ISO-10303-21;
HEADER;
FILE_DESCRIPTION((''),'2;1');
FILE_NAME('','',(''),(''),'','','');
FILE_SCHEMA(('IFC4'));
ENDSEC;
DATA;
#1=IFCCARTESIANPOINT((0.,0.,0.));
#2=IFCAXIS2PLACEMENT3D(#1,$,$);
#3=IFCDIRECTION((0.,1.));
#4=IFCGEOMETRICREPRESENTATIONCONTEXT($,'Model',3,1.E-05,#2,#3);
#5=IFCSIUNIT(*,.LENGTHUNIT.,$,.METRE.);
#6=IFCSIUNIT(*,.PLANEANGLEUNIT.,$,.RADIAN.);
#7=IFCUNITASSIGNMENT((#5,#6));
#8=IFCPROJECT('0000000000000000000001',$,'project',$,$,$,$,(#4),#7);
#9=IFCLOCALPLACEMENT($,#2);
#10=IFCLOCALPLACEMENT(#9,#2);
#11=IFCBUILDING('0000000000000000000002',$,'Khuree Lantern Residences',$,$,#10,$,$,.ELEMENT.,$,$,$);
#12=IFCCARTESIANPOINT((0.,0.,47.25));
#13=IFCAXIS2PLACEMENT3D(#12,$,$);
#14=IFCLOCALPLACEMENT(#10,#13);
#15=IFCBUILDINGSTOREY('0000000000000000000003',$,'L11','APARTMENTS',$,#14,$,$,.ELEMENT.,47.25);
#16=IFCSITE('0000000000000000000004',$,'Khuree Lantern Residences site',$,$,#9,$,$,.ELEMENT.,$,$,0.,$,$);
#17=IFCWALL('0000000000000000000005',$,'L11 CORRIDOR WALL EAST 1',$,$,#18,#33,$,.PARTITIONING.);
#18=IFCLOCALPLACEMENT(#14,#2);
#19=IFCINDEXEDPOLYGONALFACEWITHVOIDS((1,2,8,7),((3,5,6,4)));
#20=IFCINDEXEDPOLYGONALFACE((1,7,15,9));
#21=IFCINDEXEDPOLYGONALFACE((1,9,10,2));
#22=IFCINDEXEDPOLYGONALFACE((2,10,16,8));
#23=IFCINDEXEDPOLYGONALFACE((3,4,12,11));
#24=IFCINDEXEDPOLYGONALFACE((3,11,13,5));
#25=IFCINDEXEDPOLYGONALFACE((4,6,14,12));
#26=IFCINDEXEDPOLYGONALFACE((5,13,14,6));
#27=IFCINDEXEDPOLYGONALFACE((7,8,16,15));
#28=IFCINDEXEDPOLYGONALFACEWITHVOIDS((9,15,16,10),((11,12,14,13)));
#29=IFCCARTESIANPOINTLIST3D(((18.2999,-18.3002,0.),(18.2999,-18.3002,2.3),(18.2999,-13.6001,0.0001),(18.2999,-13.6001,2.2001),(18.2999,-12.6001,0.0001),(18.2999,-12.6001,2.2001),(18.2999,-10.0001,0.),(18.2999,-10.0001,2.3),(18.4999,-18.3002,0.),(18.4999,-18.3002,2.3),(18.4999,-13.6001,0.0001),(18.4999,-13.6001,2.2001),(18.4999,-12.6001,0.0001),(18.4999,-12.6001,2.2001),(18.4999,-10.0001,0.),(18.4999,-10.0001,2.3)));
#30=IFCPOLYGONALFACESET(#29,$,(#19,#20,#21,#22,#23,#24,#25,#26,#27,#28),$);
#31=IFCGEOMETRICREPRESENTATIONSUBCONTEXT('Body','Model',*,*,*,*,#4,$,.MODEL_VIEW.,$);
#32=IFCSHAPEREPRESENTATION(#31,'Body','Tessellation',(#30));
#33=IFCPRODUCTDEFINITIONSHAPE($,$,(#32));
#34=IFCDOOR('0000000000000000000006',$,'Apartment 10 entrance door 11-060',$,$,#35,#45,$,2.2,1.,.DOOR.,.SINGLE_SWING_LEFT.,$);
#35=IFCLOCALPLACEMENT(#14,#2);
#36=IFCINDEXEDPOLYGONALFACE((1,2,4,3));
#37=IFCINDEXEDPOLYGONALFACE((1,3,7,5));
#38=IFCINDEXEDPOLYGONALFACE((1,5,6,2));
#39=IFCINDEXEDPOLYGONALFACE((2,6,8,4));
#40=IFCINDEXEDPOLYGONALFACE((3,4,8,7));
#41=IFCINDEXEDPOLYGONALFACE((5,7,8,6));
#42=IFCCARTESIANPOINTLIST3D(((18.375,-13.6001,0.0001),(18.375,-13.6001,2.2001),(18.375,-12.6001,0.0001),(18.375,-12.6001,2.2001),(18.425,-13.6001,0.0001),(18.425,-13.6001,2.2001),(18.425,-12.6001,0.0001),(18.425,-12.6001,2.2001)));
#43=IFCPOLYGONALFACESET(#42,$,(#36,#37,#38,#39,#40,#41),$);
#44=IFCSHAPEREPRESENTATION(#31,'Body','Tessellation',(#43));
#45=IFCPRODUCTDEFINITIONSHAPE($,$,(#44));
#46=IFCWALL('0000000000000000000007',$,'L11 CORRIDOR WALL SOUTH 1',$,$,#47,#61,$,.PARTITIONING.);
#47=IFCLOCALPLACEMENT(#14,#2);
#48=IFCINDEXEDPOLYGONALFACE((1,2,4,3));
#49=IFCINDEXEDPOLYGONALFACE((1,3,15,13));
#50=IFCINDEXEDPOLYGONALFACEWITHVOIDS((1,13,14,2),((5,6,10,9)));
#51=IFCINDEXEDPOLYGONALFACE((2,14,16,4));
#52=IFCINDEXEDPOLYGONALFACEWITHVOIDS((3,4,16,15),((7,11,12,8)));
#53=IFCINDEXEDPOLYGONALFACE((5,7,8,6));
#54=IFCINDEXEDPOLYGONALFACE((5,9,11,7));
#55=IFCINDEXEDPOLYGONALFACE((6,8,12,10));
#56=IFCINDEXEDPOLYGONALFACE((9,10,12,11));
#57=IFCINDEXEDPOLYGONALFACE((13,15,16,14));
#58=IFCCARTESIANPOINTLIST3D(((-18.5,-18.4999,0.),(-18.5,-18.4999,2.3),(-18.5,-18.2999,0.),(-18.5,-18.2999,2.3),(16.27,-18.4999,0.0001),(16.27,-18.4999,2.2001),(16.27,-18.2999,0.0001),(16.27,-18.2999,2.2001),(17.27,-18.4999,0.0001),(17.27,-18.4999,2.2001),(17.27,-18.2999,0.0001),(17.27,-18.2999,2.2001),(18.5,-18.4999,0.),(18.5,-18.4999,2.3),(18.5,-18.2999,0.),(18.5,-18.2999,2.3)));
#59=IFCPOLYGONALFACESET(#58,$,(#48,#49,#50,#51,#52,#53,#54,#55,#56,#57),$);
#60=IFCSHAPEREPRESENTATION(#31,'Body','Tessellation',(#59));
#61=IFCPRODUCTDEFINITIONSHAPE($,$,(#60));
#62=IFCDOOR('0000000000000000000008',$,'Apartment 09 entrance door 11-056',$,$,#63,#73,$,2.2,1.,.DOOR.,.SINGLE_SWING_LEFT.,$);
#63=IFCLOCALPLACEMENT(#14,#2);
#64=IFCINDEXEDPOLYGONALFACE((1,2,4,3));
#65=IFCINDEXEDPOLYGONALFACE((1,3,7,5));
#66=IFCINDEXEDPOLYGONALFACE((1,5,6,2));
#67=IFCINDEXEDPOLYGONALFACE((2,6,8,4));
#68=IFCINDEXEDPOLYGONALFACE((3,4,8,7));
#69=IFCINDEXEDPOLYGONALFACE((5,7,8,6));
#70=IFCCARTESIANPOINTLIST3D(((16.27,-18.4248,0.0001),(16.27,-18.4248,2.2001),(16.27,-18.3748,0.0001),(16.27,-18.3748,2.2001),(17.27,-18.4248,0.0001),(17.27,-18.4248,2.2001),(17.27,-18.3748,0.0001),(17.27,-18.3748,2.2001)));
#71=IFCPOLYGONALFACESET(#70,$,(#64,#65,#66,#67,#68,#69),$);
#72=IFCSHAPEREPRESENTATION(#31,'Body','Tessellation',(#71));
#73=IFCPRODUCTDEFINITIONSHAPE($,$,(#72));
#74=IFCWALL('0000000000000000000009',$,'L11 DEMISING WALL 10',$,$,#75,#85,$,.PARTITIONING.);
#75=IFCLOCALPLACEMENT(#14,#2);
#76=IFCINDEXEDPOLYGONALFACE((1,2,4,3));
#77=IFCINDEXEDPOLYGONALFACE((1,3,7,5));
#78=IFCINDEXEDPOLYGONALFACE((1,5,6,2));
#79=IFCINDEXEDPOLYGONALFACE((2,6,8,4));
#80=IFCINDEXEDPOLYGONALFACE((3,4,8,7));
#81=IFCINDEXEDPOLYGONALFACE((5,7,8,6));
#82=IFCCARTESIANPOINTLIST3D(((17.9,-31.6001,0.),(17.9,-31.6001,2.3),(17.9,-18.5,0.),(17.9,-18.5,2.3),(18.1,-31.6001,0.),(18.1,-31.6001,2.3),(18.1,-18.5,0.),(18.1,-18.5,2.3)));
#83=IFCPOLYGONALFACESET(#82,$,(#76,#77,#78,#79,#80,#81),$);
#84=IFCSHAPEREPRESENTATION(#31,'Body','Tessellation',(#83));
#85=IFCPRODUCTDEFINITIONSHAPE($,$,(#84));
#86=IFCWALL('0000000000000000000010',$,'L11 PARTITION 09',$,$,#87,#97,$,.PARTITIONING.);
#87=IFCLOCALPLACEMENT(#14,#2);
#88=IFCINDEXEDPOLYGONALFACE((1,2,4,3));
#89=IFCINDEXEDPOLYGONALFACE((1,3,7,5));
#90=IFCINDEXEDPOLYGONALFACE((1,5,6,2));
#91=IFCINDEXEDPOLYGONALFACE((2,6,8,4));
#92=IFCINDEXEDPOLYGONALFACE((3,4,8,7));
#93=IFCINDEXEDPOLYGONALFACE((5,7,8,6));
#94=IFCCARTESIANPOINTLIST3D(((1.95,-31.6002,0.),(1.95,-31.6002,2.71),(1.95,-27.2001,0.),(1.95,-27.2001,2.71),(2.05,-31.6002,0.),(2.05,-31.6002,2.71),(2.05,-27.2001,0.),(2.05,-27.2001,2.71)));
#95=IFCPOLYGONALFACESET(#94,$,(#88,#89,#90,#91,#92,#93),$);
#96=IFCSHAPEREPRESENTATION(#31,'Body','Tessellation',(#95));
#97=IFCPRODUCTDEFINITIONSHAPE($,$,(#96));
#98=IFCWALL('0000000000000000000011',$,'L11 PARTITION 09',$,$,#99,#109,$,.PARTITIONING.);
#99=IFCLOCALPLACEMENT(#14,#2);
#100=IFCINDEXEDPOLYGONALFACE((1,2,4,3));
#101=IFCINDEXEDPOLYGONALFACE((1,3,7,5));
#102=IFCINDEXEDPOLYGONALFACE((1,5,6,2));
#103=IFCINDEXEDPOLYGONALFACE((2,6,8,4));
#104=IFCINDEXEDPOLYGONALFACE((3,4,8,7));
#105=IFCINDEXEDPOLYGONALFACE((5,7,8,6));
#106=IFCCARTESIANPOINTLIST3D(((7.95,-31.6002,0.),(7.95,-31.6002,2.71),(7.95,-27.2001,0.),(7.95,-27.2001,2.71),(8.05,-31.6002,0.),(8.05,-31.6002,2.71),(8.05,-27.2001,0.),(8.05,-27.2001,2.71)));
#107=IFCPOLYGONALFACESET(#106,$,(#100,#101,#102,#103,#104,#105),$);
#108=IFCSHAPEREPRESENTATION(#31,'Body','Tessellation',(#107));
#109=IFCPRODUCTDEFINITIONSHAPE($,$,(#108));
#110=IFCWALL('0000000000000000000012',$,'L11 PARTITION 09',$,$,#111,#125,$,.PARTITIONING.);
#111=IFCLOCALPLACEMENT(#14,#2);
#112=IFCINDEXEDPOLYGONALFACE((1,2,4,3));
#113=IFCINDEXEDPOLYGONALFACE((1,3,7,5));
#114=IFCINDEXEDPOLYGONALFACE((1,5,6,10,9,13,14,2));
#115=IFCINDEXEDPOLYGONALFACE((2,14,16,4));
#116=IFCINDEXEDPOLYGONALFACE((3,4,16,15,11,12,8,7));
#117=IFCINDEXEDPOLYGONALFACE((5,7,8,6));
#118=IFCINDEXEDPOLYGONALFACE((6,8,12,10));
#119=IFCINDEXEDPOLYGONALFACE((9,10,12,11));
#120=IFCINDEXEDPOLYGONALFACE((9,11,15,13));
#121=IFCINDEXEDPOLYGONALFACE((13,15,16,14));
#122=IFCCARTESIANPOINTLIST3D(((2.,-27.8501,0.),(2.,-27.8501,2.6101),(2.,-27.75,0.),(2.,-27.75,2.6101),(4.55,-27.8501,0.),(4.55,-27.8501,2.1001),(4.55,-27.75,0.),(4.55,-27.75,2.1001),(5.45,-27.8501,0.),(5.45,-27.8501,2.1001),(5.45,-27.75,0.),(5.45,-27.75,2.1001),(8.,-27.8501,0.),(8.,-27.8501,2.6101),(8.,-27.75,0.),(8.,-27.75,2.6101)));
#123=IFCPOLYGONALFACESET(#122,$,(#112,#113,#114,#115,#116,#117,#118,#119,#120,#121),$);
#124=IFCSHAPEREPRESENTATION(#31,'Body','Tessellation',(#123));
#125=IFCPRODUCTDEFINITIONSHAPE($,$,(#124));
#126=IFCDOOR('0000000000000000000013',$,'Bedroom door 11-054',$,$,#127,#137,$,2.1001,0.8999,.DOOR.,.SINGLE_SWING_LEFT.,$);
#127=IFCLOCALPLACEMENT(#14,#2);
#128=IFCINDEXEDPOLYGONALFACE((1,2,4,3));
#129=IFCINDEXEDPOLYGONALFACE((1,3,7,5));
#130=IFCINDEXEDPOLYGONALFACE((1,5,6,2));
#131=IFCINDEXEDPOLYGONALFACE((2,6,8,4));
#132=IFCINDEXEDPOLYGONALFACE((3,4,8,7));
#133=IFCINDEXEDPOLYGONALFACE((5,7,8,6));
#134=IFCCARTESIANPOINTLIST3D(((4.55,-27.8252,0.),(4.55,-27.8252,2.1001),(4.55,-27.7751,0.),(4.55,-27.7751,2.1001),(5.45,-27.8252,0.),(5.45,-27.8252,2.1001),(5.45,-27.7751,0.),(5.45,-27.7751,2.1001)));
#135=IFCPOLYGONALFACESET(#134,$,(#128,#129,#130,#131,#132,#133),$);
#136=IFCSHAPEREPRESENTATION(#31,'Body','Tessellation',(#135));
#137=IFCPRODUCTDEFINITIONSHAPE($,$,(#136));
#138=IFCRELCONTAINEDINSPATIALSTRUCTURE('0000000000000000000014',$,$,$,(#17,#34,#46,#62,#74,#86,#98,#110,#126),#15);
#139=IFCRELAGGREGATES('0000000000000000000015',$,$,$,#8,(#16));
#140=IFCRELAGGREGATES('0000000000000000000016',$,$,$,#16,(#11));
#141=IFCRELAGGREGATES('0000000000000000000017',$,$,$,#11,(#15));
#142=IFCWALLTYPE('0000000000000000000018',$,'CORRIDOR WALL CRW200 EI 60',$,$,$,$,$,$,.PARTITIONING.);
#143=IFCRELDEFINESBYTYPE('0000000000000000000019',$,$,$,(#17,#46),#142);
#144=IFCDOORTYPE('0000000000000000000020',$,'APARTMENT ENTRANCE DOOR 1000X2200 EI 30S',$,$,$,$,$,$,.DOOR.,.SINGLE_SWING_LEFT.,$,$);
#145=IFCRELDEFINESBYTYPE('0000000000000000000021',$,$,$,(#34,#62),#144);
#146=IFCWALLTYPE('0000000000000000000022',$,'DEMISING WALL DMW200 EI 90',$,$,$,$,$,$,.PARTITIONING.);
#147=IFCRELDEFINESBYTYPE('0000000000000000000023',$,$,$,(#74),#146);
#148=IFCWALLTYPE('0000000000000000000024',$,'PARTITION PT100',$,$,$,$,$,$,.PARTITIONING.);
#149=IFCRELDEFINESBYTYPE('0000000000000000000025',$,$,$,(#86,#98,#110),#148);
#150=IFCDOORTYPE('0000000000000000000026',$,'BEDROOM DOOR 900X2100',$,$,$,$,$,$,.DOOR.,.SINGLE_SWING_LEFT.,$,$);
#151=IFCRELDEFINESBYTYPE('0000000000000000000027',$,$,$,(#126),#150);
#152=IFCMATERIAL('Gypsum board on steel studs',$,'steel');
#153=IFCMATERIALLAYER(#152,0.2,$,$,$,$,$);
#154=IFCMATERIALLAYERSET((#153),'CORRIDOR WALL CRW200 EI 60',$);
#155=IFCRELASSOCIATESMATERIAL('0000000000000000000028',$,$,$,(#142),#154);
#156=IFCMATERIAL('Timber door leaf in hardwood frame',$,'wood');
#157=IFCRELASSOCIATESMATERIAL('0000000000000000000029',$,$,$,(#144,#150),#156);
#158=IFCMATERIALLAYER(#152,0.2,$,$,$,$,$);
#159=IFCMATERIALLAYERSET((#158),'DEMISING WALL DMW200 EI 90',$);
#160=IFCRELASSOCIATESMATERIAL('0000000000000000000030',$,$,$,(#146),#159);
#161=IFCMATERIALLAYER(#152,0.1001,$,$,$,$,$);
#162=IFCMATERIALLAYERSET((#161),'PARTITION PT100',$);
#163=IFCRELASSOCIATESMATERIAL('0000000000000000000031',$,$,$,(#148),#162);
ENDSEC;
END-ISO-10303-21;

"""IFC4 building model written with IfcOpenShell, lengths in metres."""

from ifc_helpers import new_model, si_unit, direction, frame, frame_2d, origin, place, context, subcontext, project, spatial, rectangle, extrude, material, layer, layer_set, type_object, element, fill, save


model = new_model("IFC4")

# Units and contexts
model_context = context("Model", 3, precision=1e-05, world=origin(), true_north=direction((0.0, 1.0)))
body_context = subcontext(model_context, "Body", "Model", "MODEL_VIEW")
ifc_project = project(units=[si_unit("LENGTHUNIT", "METRE"), si_unit("PLANEANGLEUNIT", "RADIAN")], contexts=[model_context])

# Site, building, storey
site_placement = place(None, origin())
site = spatial("IfcSite", under=ifc_project, at=site_placement, Name="Khuree Lantern Residences site", CompositionType="ELEMENT", RefElevation=0.0)
building_placement = place(site_placement, origin())
building = spatial("IfcBuilding", under=site, at=building_placement, Name="Khuree Lantern Residences", CompositionType="ELEMENT")
storey_placement = place(building_placement, frame((0.0, 0.0, 47.25)))
storey = spatial("IfcBuildingStorey", under=building, at=storey_placement, Name="L11", Description="APARTMENTS", CompositionType="ELEMENT", Elevation=47.25)

# Walls, openings, doors
ifc_material_1 = material(Name="Gypsum board on steel studs", Category="steel")
ifc_layer_1 = layer(ifc_material_1, 0.2)
ifc_layer_set_1 = layer_set([ifc_layer_1], Name="CORRIDOR WALL CRW200 EI 60")
wall_type_1 = type_object("IfcWallType", Name="CORRIDOR WALL CRW200 EI 60", PredefinedType="PARTITIONING", material=ifc_layer_set_1)
wall_1_placement = place(storey_placement, frame((18.3999, -18.3, 0.0), z_axis=(0.0, 0.0, 1.0), x_axis=(0.0, 1.0, 0.0)))
wall_1 = element("IfcWall", 1, at=wall_1_placement, inside=storey, type_object=wall_type_1, Name="L11 CORRIDOR WALL EAST 1", PredefinedType="PARTITIONING", context=body_context, shape_type="SweptSolid", body=[
    extrude(rectangle(XDim=8.3, YDim=0.2, at=frame_2d((4.1499, 0.0))), origin(), (0.0, 0.0, 1.0), 2.3),
])
opening_1_placement = place(wall_1_placement, frame((4.7, 0.0, 0.0)))
opening_1 = element("IfcOpeningElement", 2, at=opening_1_placement, cuts=wall_1, PredefinedType="OPENING", context=body_context, shape_type="SweptSolid", body=[
    extrude(rectangle(XDim=1.0, YDim=2.2, at=frame_2d((0.5, 1.1001))), frame((0.0, 0.1099, 0.0), z_axis=(0.0, -1.0, 0.0), x_axis=(1.0, 0.0, 0.0)), (0.0, 0.0, 1.0), 0.22),
])
ifc_material_2 = material(Name="Timber door leaf in hardwood frame", Category="wood")
door_type_1 = type_object("IfcDoorType", Name="APARTMENT ENTRANCE DOOR 1000X2200 EI 30S", OperationType="SINGLE_SWING_LEFT", PredefinedType="DOOR", material=ifc_material_2)
door_1_placement = place(opening_1_placement, origin())
door_1 = element("IfcDoor", 3, at=door_1_placement, inside=storey, type_object=door_type_1, Name="Apartment 10 entrance door 11-060", OperationType="SINGLE_SWING_LEFT", OverallHeight=2.2, OverallWidth=1.0, PredefinedType="DOOR", context=body_context, shape_type="SweptSolid", body=[
    extrude(rectangle(XDim=1.0, YDim=2.2, at=frame_2d((0.5, 1.1001))), frame((0.0, 0.0249, 0.0), z_axis=(0.0, -1.0, 0.0), x_axis=(1.0, 0.0, 0.0)), (0.0, 0.0, 1.0), 0.05),
])
fill(opening_1, door_1)
wall_2_placement = place(storey_placement, frame((18.5, -18.3999, 0.0), z_axis=(0.0, 0.0, 1.0), x_axis=(-1.0, 0.0, 0.0)))
wall_2 = element("IfcWall", 4, at=wall_2_placement, inside=storey, type_object=wall_type_1, Name="L11 CORRIDOR WALL SOUTH 1", PredefinedType="PARTITIONING", context=body_context, shape_type="SweptSolid", body=[
    extrude(rectangle(XDim=37.0, YDim=0.2, at=frame_2d((18.5, 0.0))), origin(), (0.0, 0.0, 1.0), 2.3),
])
opening_2_placement = place(wall_2_placement, frame((1.23, 0.0, 0.0)))
opening_2 = element("IfcOpeningElement", 5, at=opening_2_placement, cuts=wall_2, PredefinedType="OPENING", context=body_context, shape_type="SweptSolid", body=[
    extrude(rectangle(XDim=1.0, YDim=2.2, at=frame_2d((0.5, 1.1001))), frame((0.0, 0.1099, 0.0), z_axis=(0.0, -1.0, 0.0), x_axis=(1.0, 0.0, 0.0)), (0.0, 0.0, 1.0), 0.22),
])
door_2_placement = place(opening_2_placement, origin())
door_2 = element("IfcDoor", 6, at=door_2_placement, inside=storey, type_object=door_type_1, Name="Apartment 09 entrance door 11-056", OperationType="SINGLE_SWING_LEFT", OverallHeight=2.2, OverallWidth=1.0, PredefinedType="DOOR", context=body_context, shape_type="SweptSolid", body=[
    extrude(rectangle(XDim=1.0, YDim=2.2, at=frame_2d((0.5, 1.1001))), frame((0.0, 0.0249, 0.0), z_axis=(0.0, -1.0, 0.0), x_axis=(1.0, 0.0, 0.0)), (0.0, 0.0, 1.0), 0.05),
])
fill(opening_2, door_2)

# Walls
ifc_layer_2 = layer(ifc_material_1, 0.2)
ifc_layer_set_2 = layer_set([ifc_layer_2], Name="DEMISING WALL DMW200 EI 90")
wall_type_2 = type_object("IfcWallType", Name="DEMISING WALL DMW200 EI 90", PredefinedType="PARTITIONING", material=ifc_layer_set_2)
wall_3_placement = place(storey_placement, frame((18.0, -18.5, 0.0), z_axis=(0.0, 0.0, 1.0), x_axis=(0.0, -1.0, 0.0)))
element("IfcWall", 7, at=wall_3_placement, inside=storey, type_object=wall_type_2, Name="L11 DEMISING WALL 10", PredefinedType="PARTITIONING", context=body_context, shape_type="SweptSolid", body=[
    extrude(rectangle(XDim=13.1001, YDim=0.2, at=frame_2d((6.55, 0.0))), origin(), (0.0, 0.0, 1.0), 2.3),
])
ifc_layer_3 = layer(ifc_material_1, 0.1001)
ifc_layer_set_3 = layer_set([ifc_layer_3], Name="PARTITION PT100")
wall_type_3 = type_object("IfcWallType", Name="PARTITION PT100", PredefinedType="PARTITIONING", material=ifc_layer_set_3)
for number, where, z_axis, x_axis, name in (
    (8, (2.0, -27.2, 0.0), (0.0, 0.0, 1.0), (0.0, -1.0, 0.0), "L11 PARTITION 09"),
    (9, (8.0, -27.2, 0.0), (0.0, 0.0, 1.0), (0.0, -1.0, 0.0), "L11 PARTITION 09"),
):
    element("IfcWall", number, at=place(storey_placement, frame(where, z_axis=z_axis, x_axis=x_axis)), inside=storey, type_object=wall_type_3, Name=name, PredefinedType="PARTITIONING", context=body_context, shape_type="SweptSolid", body=[
        extrude(rectangle(XDim=4.4001, YDim=0.1001, at=frame_2d((2.2002, 0.0))), origin(), (0.0, 0.0, 1.0), 2.71),
    ])

# Wall, opening, door
wall_4_placement = place(storey_placement, frame((2.0, -27.8, 0.0), z_axis=(0.0, 0.0, 1.0), x_axis=(1.0, 0.0, 0.0)))
wall_4 = element("IfcWall", 10, at=wall_4_placement, inside=storey, type_object=wall_type_3, Name="L11 PARTITION 09", PredefinedType="PARTITIONING", context=body_context, shape_type="SweptSolid", body=[
    extrude(rectangle(XDim=6.0, YDim=0.1001, at=frame_2d((3.0, 0.0))), origin(), (0.0, 0.0, 1.0), 2.6101),
])
opening_3_placement = place(wall_4_placement, frame((2.55, 0.0, 0.0)))
opening_3 = element("IfcOpeningElement", 11, at=opening_3_placement, cuts=wall_4, PredefinedType="OPENING", context=body_context, shape_type="SweptSolid", body=[
    extrude(rectangle(XDim=0.8999, YDim=2.1001, at=frame_2d((0.45, 1.05))), frame((0.0, 0.0601, 0.0), z_axis=(0.0, -1.0, 0.0), x_axis=(1.0, 0.0, 0.0)), (0.0, 0.0, 1.0), 0.1201),
])
door_type_2 = type_object("IfcDoorType", Name="BEDROOM DOOR 900X2100", OperationType="SINGLE_SWING_LEFT", PredefinedType="DOOR", material=ifc_material_2)
door_3_placement = place(opening_3_placement, origin())
door_3 = element("IfcDoor", 12, at=door_3_placement, inside=storey, type_object=door_type_2, Name="Bedroom door 11-054", OperationType="SINGLE_SWING_LEFT", OverallHeight=2.1001, OverallWidth=0.8999, PredefinedType="DOOR", context=body_context, shape_type="SweptSolid", body=[
    extrude(rectangle(XDim=0.8999, YDim=2.1001, at=frame_2d((0.45, 1.05))), frame((0.0, 0.0249, 0.0), z_axis=(0.0, -1.0, 0.0), x_axis=(1.0, 0.0, 0.0)), (0.0, 0.0, 1.0), 0.05),
])
fill(opening_3, door_3)

save(model, "model.ifc")
